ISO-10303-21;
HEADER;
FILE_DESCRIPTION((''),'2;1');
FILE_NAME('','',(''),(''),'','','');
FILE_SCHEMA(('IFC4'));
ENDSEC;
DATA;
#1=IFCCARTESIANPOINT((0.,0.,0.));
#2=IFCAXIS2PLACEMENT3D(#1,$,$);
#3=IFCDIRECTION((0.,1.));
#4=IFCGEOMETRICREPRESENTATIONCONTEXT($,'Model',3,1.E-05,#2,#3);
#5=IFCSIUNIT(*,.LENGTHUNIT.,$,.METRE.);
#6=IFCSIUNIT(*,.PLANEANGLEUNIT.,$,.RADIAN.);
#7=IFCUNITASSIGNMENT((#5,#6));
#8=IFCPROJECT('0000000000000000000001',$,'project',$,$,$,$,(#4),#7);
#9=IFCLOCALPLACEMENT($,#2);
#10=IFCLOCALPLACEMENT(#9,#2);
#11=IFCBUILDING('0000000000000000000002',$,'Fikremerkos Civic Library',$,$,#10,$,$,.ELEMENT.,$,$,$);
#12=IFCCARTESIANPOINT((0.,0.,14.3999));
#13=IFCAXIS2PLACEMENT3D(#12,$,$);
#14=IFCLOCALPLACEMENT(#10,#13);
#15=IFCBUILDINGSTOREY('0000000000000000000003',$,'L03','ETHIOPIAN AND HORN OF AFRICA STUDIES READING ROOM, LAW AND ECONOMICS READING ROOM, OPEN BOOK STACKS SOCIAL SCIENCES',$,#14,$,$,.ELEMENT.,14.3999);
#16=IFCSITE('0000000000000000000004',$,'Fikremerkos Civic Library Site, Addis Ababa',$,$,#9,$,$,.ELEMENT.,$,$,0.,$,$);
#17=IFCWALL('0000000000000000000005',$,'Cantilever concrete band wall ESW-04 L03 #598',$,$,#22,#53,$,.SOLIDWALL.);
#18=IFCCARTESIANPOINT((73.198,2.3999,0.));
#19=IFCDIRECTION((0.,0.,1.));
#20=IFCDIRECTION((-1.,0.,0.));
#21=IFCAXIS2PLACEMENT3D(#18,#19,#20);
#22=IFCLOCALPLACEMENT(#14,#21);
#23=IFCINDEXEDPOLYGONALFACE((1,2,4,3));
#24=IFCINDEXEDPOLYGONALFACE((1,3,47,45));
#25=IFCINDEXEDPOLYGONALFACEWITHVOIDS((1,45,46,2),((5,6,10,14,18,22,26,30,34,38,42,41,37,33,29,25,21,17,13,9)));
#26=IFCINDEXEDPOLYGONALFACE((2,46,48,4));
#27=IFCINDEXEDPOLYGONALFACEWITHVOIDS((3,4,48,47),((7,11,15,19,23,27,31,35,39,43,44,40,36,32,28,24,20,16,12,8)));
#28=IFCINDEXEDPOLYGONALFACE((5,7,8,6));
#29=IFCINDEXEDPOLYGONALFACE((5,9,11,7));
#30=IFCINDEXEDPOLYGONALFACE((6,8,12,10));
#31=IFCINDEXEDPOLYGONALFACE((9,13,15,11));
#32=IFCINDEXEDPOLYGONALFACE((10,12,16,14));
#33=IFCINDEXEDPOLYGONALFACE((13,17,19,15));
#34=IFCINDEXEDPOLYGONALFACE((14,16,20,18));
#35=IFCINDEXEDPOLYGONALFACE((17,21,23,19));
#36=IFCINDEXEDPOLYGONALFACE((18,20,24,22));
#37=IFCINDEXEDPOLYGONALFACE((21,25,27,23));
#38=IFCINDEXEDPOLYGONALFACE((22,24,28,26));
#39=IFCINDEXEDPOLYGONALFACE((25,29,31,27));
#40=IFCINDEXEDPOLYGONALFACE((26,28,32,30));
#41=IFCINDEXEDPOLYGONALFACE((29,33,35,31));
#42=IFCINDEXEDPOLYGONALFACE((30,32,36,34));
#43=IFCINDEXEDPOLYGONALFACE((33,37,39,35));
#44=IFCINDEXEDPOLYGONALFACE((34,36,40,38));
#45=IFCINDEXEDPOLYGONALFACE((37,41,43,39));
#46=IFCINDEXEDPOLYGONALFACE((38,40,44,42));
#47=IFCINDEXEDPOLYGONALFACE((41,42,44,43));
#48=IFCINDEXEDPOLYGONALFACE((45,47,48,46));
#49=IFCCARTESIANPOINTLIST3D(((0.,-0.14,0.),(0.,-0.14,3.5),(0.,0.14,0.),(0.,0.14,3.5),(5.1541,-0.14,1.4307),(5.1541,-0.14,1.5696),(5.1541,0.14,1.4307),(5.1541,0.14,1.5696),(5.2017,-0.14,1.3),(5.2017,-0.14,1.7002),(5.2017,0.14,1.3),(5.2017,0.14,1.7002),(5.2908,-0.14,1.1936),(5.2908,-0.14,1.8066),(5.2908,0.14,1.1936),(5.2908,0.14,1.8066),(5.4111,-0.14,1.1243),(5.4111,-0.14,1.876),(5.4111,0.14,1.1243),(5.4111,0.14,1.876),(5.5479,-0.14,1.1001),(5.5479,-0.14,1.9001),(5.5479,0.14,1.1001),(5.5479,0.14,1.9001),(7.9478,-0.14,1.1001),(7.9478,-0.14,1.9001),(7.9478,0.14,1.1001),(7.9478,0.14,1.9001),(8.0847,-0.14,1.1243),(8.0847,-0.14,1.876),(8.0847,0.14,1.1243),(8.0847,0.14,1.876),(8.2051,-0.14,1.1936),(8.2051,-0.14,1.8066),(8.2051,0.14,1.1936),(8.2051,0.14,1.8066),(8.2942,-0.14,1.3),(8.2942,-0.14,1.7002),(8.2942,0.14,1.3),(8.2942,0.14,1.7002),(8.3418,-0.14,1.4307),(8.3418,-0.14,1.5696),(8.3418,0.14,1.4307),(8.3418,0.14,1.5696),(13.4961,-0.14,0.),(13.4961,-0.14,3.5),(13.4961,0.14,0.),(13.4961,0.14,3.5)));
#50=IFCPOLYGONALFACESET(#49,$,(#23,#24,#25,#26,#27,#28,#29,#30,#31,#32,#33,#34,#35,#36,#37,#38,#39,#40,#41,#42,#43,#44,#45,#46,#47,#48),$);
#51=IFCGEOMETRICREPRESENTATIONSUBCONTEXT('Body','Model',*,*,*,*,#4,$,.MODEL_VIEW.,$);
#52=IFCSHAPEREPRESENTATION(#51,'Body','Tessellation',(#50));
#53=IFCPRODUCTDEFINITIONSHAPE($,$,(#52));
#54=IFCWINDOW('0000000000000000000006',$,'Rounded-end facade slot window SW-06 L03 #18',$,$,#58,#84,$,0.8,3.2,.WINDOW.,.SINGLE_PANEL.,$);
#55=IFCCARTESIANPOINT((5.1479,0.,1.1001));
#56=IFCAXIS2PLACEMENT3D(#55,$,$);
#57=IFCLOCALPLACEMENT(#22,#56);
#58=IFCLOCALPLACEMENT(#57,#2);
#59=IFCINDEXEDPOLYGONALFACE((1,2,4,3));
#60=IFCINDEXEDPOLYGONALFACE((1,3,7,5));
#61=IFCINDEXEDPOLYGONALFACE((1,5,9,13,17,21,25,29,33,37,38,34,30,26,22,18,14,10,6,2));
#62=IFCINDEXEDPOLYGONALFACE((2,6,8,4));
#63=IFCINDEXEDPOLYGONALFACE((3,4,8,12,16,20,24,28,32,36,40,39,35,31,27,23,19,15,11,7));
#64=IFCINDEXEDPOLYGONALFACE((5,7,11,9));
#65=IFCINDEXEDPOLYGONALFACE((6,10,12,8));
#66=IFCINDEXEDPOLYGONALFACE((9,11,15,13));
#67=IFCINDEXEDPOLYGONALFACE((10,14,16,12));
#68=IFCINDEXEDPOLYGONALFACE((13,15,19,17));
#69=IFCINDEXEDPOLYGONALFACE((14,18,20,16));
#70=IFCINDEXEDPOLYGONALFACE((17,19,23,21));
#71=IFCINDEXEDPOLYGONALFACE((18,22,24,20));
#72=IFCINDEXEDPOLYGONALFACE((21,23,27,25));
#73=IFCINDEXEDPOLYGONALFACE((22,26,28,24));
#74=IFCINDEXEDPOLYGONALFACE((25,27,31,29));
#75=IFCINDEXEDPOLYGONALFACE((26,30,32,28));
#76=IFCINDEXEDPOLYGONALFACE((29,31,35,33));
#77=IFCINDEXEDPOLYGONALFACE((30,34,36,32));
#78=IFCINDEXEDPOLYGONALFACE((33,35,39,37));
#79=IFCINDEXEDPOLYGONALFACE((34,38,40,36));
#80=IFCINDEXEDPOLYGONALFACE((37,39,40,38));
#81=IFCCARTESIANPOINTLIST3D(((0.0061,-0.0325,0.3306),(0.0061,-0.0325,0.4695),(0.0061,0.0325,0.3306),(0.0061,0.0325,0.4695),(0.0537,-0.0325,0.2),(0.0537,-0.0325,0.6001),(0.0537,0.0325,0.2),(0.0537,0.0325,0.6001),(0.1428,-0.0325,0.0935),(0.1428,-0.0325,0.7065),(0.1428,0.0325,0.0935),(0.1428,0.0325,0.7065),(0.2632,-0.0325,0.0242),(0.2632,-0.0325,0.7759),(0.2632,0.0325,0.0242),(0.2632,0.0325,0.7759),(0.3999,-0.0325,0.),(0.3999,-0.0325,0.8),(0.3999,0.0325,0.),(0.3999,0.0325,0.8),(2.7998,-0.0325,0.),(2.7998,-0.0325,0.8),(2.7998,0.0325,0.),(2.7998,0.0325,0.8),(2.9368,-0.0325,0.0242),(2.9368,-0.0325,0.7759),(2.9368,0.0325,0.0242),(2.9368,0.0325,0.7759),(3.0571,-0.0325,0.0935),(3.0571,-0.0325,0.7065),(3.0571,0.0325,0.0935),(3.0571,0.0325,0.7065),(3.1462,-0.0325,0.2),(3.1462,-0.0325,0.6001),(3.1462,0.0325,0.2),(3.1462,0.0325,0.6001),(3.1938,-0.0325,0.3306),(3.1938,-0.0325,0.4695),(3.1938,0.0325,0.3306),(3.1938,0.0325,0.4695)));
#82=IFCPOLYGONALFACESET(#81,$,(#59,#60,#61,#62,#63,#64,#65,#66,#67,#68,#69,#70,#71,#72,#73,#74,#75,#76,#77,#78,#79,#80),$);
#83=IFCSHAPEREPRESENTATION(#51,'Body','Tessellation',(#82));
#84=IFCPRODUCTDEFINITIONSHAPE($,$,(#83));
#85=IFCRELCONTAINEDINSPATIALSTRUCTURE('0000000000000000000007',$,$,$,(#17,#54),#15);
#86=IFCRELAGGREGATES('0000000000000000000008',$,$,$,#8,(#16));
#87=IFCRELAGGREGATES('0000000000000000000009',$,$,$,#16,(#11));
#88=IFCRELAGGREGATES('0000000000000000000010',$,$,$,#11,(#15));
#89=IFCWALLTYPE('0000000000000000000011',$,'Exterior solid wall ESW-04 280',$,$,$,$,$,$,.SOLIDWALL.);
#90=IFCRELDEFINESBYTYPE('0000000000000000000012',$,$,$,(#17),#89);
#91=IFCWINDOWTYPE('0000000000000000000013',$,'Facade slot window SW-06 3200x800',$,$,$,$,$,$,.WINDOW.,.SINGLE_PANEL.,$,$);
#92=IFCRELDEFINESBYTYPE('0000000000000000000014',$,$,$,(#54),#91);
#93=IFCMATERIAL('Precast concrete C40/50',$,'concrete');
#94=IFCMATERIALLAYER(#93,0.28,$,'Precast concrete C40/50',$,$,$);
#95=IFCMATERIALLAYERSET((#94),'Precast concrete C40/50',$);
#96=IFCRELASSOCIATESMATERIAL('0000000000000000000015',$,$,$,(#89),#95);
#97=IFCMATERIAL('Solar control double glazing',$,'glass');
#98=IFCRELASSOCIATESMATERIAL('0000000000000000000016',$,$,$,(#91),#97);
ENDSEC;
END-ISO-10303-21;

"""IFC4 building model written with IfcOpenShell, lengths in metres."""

from ifc_helpers import new_model, si_unit, direction, frame, frame_2d, origin, place, context, subcontext, project, spatial, polyline, rectangle, outline, extrude, material, layer, layer_set, type_object, element, fill, save


model = new_model("IFC4")

# Units and contexts
model_context = context("Model", 3, precision=1e-05, world=origin(), true_north=direction((0.0, 1.0)))
body_context = subcontext(model_context, "Body", "Model", "MODEL_VIEW")
ifc_project = project(units=[si_unit("LENGTHUNIT", "METRE"), si_unit("PLANEANGLEUNIT", "RADIAN")], contexts=[model_context])

# Site, building, storey
site_placement = place(None, origin())
site = spatial("IfcSite", under=ifc_project, at=site_placement, Name="Fikremerkos Civic Library Site, Addis Ababa", CompositionType="ELEMENT", RefElevation=0.0)
building_placement = place(site_placement, origin())
building = spatial("IfcBuilding", under=site, at=building_placement, Name="Fikremerkos Civic Library", CompositionType="ELEMENT")
storey_placement = place(building_placement, frame((0.0, 0.0, 14.3999)))
storey = spatial("IfcBuildingStorey", under=building, at=storey_placement, Name="L03", Description="ETHIOPIAN AND HORN OF AFRICA STUDIES READING ROOM, LAW AND ECONOMICS READING ROOM, OPEN BOOK STACKS SOCIAL SCIENCES", CompositionType="ELEMENT", Elevation=14.3999)

# Wall, opening, window
ifc_material_1 = material(Name="Precast concrete C40/50", Category="concrete")
ifc_layer_1 = layer(ifc_material_1, 0.28, Name="Precast concrete C40/50")
ifc_layer_set_1 = layer_set([ifc_layer_1], Name="Precast concrete C40/50")
wall_type_1 = type_object("IfcWallType", Name="Exterior solid wall ESW-04 280", PredefinedType="SOLIDWALL", material=ifc_layer_set_1)
wall_placement = place(storey_placement, frame((73.198, 2.3999, 0.0), z_axis=(0.0, 0.0, 1.0), x_axis=(-1.0, 0.0, 0.0)))
wall = element("IfcWall", 1, at=wall_placement, inside=storey, type_object=wall_type_1, Name="Cantilever concrete band wall ESW-04 L03 #598", PredefinedType="SOLIDWALL", context=body_context, shape_type="SweptSolid", body=[
    extrude(rectangle(XDim=13.4961, YDim=0.28, at=frame_2d((6.748, 0.0))), origin(), (0.0, 0.0, 1.0), 3.5),
])
opening_placement = place(wall_placement, frame((5.1479, 0.0, 1.1001)))
opening = element("IfcOpeningElement", 2, at=opening_placement, cuts=wall, PredefinedType="OPENING", context=body_context, shape_type="SweptSolid", body=[
    extrude(outline(polyline([(0.3999, 0.8), (0.2632, 0.7759), (0.1428, 0.7065), (0.0537, 0.6001), (0.0061, 0.4695), (0.0061, 0.3306), (0.0537, 0.2), (0.1428, 0.0935), (0.2632, 0.0242), (0.3999, 0.0), (2.7998, 0.0), (2.9368, 0.0242), (3.0571, 0.0935), (3.1462, 0.2), (3.1938, 0.3306), (3.1938, 0.4695), (3.1462, 0.6001), (3.0571, 0.7065), (2.9368, 0.7759), (2.7998, 0.8), (0.3999, 0.8)])), frame((0.0, 0.1499, 0.0), z_axis=(0.0, -1.0, 0.0), x_axis=(1.0, 0.0, 0.0)), (0.0, 0.0, 1.0), 0.3),
])
ifc_material_2 = material(Name="Solar control double glazing", Category="glass")
window_type = type_object("IfcWindowType", Name="Facade slot window SW-06 3200x800", PartitioningType="SINGLE_PANEL", PredefinedType="WINDOW", material=ifc_material_2)
window_placement = place(opening_placement, origin())
window = element("IfcWindow", 3, at=window_placement, inside=storey, type_object=window_type, Name="Rounded-end facade slot window SW-06 L03 #18", OverallHeight=0.8, OverallWidth=3.2, PartitioningType="SINGLE_PANEL", PredefinedType="WINDOW", context=body_context, shape_type="SweptSolid", body=[
    extrude(outline(polyline([(0.3999, 0.8), (0.2632, 0.7759), (0.1428, 0.7065), (0.0537, 0.6001), (0.0061, 0.4695), (0.0061, 0.3306), (0.0537, 0.2), (0.1428, 0.0935), (0.2632, 0.0242), (0.3999, 0.0), (2.7998, 0.0), (2.9368, 0.0242), (3.0571, 0.0935), (3.1462, 0.2), (3.1938, 0.3306), (3.1938, 0.4695), (3.1462, 0.6001), (3.0571, 0.7065), (2.9368, 0.7759), (2.7998, 0.8), (0.3999, 0.8)])), frame((0.0, 0.0325, 0.0), z_axis=(0.0, -1.0, 0.0), x_axis=(1.0, 0.0, 0.0)), (0.0, 0.0, 1.0), 0.0649),
])
fill(opening, window)

save(model, "model.ifc")
